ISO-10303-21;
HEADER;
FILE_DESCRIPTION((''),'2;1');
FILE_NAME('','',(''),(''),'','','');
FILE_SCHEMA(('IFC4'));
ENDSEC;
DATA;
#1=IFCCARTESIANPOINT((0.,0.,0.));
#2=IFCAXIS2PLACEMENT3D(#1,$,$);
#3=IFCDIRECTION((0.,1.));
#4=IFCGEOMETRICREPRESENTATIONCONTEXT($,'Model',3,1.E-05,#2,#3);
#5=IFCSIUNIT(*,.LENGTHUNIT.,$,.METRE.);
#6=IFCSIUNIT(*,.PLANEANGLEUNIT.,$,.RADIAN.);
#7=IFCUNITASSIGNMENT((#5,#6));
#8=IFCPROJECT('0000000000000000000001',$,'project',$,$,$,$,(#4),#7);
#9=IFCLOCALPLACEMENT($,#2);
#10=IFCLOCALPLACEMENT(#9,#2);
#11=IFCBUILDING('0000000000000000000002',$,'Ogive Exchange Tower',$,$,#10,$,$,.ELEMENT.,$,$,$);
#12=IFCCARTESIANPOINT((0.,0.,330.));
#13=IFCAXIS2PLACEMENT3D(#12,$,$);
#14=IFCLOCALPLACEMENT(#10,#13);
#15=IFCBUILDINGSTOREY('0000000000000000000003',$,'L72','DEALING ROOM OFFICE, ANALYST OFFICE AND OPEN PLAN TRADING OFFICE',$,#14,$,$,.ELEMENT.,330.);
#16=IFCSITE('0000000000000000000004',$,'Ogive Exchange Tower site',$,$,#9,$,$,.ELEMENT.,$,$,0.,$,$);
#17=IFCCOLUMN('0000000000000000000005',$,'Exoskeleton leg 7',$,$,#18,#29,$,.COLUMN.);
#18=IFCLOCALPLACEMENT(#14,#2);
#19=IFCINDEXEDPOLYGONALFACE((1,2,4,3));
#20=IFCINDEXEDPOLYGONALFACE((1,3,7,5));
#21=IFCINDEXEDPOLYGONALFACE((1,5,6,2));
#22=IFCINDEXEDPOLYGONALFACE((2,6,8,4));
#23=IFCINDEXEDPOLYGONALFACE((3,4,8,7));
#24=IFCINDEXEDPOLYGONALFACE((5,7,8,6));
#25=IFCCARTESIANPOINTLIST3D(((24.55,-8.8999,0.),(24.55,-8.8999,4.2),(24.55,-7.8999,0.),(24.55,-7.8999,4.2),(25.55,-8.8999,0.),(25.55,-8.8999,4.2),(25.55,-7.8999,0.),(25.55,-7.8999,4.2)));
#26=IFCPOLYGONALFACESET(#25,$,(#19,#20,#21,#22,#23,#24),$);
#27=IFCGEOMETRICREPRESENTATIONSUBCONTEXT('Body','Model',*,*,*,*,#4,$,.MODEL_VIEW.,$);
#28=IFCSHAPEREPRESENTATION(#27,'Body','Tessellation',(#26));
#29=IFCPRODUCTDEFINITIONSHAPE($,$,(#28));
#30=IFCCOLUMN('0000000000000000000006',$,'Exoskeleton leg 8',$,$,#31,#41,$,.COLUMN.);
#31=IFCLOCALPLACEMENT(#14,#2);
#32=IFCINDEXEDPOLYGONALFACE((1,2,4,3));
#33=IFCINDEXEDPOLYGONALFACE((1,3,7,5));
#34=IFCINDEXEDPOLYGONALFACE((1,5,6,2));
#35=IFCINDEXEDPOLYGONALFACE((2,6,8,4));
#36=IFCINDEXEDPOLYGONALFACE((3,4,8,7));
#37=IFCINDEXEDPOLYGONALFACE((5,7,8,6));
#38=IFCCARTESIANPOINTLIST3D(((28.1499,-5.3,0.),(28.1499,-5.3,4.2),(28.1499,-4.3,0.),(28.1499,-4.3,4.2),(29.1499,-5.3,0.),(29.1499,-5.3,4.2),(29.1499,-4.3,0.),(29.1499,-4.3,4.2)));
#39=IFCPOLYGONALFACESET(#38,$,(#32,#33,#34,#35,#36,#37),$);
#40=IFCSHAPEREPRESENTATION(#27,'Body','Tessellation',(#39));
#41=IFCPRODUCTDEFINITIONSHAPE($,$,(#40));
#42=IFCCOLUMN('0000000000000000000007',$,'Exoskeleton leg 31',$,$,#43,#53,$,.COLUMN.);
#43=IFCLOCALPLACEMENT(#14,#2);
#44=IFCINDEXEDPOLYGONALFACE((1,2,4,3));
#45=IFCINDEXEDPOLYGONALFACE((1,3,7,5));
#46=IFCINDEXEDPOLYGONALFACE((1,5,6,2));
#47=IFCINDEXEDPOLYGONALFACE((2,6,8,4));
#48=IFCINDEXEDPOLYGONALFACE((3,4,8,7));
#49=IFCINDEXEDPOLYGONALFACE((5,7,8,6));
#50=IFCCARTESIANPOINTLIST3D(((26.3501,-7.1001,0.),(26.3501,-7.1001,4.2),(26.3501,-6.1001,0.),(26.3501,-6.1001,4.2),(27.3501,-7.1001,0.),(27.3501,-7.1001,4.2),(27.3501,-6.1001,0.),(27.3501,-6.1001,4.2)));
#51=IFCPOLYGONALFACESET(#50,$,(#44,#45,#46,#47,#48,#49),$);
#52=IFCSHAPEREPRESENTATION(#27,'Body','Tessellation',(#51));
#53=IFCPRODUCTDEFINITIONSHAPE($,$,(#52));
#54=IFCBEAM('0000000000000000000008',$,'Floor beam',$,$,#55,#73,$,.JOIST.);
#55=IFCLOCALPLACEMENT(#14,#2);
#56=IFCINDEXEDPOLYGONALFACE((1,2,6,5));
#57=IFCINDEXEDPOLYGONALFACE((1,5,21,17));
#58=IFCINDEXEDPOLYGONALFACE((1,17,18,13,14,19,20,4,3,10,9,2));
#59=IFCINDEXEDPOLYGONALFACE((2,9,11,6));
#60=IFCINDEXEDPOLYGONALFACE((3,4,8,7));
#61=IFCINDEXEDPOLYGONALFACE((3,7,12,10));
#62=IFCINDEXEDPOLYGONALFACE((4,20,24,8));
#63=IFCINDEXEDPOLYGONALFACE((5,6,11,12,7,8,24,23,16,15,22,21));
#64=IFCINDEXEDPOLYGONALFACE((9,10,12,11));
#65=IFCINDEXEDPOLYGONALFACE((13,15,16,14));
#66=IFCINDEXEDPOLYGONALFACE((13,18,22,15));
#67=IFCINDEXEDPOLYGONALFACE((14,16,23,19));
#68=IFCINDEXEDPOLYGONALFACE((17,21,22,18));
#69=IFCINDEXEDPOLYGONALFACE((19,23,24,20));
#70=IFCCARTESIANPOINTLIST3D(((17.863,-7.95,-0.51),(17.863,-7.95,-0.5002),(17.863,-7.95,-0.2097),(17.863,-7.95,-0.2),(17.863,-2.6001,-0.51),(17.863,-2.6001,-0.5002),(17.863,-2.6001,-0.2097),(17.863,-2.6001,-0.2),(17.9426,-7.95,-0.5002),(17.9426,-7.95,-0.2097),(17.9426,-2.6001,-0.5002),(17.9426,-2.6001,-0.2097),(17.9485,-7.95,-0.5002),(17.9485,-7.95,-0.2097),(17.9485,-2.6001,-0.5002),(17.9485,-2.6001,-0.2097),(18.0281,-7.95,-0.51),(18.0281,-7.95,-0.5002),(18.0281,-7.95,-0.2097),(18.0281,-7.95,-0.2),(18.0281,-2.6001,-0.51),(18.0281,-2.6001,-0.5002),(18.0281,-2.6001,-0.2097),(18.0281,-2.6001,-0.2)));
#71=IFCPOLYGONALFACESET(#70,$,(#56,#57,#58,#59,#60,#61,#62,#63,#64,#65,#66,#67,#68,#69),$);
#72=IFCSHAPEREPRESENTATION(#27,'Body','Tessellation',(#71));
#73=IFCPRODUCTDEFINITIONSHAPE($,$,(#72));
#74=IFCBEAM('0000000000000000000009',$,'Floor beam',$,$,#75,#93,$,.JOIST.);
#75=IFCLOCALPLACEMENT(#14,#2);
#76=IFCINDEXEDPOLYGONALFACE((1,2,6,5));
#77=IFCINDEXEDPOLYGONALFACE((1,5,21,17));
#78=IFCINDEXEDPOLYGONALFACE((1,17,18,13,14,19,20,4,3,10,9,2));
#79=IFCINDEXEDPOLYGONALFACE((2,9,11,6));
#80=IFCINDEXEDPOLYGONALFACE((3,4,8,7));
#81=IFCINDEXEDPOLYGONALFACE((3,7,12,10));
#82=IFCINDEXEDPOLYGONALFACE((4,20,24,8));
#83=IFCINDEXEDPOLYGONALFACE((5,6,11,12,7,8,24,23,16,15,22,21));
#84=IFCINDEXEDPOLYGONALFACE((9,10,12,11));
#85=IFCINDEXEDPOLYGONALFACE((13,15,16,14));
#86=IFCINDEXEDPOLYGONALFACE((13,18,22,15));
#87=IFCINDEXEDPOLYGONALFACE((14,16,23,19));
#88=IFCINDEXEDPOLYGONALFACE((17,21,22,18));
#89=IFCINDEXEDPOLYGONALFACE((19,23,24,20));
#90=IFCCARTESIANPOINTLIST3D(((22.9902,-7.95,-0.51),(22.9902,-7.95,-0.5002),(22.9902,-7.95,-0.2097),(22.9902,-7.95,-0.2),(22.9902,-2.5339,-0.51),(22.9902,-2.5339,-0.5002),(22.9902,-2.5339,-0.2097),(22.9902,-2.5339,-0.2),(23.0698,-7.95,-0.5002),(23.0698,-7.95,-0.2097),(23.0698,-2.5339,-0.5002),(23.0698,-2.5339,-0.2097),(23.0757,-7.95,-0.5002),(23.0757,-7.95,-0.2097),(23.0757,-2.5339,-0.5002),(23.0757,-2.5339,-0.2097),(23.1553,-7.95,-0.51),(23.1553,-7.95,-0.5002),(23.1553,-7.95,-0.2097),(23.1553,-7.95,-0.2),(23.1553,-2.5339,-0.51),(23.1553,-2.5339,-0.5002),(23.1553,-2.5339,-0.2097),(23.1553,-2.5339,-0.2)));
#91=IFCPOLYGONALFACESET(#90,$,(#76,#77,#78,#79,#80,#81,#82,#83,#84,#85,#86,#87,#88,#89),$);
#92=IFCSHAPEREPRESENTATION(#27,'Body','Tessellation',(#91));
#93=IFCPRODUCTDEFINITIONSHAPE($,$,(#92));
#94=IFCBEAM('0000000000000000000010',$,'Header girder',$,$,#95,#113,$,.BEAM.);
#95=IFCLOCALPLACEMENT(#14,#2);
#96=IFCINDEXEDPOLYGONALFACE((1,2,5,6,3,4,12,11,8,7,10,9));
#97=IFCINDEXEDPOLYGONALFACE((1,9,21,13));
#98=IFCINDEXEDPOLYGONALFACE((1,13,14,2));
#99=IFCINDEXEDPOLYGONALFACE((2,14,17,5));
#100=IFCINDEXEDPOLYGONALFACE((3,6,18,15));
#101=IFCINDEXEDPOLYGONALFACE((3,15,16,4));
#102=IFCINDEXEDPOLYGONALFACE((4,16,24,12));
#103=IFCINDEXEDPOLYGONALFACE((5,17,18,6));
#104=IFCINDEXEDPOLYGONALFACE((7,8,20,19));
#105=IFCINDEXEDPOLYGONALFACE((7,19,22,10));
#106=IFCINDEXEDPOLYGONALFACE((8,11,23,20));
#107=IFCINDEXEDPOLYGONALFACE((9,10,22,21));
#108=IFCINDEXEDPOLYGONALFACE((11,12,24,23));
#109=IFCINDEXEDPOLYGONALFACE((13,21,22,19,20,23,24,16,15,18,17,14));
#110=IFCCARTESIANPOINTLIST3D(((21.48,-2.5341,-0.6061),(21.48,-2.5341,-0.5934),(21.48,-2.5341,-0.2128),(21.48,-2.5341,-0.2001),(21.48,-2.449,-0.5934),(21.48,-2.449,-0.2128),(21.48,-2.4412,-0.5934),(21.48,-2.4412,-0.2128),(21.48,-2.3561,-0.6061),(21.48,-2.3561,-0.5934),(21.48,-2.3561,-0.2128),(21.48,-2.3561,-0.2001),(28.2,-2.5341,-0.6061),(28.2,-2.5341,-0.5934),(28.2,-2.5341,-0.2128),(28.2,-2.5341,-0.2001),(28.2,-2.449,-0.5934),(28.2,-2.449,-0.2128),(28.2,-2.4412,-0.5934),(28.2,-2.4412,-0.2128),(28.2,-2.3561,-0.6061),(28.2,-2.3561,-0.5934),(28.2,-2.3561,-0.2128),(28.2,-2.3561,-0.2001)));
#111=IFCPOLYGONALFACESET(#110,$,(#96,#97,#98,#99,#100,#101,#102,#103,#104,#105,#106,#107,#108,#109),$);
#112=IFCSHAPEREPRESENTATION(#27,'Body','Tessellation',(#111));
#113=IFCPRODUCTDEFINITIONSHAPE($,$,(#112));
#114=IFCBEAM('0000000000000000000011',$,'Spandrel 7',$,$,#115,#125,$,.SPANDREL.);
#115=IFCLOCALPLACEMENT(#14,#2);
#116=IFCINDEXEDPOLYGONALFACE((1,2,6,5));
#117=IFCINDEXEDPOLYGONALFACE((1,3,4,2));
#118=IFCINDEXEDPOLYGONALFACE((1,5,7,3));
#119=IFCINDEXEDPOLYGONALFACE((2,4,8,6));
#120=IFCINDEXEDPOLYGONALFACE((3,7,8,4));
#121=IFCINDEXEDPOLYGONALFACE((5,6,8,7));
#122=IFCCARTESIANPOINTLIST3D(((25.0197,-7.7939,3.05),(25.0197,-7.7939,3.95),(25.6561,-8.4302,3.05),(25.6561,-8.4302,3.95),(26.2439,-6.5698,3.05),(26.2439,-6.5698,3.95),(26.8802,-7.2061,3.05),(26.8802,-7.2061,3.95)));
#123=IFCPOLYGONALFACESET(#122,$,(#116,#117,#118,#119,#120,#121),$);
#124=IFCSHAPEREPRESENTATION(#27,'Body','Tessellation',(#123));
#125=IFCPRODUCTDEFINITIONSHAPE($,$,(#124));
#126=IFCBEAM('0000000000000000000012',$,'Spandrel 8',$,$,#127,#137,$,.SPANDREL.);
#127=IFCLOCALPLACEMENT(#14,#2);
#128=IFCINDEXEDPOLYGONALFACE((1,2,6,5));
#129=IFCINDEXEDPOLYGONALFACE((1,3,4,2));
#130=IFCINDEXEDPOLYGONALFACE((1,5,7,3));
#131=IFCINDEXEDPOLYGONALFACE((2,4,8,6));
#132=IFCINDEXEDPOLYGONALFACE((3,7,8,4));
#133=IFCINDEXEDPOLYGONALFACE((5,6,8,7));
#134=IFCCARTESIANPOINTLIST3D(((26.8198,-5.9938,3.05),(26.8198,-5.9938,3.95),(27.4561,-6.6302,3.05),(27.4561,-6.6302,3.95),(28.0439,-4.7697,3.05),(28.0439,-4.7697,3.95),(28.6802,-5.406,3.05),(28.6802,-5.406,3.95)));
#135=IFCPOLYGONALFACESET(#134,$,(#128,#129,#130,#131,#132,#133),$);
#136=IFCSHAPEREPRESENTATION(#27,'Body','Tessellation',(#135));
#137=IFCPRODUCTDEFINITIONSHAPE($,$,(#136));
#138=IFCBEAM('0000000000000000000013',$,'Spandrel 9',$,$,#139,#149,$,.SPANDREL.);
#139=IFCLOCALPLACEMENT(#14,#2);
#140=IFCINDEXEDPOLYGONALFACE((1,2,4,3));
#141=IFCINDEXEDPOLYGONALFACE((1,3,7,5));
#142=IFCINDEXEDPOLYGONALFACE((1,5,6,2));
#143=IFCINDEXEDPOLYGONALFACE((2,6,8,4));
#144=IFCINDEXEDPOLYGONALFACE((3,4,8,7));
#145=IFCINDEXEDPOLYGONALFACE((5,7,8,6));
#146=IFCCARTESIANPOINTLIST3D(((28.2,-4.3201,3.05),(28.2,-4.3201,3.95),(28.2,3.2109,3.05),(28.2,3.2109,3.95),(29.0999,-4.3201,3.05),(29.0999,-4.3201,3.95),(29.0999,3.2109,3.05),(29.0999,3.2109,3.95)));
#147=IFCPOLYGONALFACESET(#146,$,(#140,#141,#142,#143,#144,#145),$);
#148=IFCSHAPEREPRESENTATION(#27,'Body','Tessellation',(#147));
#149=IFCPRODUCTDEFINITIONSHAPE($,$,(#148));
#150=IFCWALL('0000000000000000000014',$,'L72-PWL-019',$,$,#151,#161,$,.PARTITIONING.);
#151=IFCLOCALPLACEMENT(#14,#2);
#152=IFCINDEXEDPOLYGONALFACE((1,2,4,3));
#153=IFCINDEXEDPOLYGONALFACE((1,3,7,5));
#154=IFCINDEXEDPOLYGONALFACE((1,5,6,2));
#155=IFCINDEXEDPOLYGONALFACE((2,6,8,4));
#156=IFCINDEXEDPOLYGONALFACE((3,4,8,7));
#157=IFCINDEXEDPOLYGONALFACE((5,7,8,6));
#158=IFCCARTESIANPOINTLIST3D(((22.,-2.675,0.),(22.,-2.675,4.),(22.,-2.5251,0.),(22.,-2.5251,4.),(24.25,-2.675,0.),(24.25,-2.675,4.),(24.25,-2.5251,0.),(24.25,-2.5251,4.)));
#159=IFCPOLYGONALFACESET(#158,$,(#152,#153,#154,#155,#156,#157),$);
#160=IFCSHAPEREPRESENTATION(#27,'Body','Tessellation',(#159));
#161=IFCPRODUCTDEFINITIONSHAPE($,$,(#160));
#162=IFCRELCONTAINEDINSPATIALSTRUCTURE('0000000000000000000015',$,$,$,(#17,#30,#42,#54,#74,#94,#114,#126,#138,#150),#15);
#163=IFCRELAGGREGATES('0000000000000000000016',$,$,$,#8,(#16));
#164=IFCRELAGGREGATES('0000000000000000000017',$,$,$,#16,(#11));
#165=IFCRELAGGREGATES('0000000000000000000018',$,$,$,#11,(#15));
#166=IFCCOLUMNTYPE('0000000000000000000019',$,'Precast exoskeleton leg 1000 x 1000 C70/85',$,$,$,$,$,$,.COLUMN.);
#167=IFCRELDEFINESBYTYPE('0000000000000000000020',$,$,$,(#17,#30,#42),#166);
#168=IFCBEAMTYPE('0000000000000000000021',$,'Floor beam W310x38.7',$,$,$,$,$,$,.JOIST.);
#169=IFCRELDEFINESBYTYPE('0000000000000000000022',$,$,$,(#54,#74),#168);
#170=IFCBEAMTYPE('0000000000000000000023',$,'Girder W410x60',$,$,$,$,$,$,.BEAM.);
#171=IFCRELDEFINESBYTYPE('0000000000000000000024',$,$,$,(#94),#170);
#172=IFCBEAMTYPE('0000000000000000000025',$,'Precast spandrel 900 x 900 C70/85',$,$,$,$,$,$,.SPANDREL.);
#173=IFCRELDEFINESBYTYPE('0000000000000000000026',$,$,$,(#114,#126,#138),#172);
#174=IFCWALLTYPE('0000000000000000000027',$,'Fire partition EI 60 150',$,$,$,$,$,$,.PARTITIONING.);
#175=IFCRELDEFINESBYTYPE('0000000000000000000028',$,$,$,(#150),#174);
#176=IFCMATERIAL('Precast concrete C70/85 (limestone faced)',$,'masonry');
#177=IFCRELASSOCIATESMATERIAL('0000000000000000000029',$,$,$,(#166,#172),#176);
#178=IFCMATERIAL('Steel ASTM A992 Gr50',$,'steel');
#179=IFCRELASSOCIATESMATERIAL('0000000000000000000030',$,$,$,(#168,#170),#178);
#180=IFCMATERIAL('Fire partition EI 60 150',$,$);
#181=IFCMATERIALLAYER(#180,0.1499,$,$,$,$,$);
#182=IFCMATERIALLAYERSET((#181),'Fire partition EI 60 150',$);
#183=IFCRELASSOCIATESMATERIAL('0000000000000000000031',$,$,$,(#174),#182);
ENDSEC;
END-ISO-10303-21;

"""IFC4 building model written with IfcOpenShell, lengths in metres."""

from ifc_helpers import new_model, si_unit, direction, frame, frame_2d, origin, origin_2d, place, context, subcontext, project, spatial, rectangle, i_section, extrude, material, layer, layer_set, material_profile, profile_set, type_object, element, save


model = new_model("IFC4")

# Units and contexts
model_context = context("Model", 3, precision=1e-05, world=origin(), true_north=direction((0.0, 1.0)))
body_context = subcontext(model_context, "Body", "Model", "MODEL_VIEW")
ifc_project = project(units=[si_unit("LENGTHUNIT", "METRE"), si_unit("PLANEANGLEUNIT", "RADIAN")], contexts=[model_context])

# Site, building, storey
site_placement = place(None, origin())
site = spatial("IfcSite", under=ifc_project, at=site_placement, Name="Ogive Exchange Tower site", CompositionType="ELEMENT", RefElevation=0.0)
building_placement = place(site_placement, origin())
building = spatial("IfcBuilding", under=site, at=building_placement, Name="Ogive Exchange Tower", CompositionType="ELEMENT")
storey_placement = place(building_placement, frame((0.0, 0.0, 330.0)))
storey = spatial("IfcBuildingStorey", under=building, at=storey_placement, Name="L72", Description="DEALING ROOM OFFICE, ANALYST OFFICE AND OPEN PLAN TRADING OFFICE", CompositionType="ELEMENT", Elevation=330.0)

# Columns
ifc_material_1 = material(Name="Precast concrete C70/85 (limestone faced)", Category="masonry")
ifc_material_profile_1 = material_profile(ifc_material_1, rectangle(XDim=1.0, YDim=1.0, at=origin_2d()), Name="1000 x 1000")
ifc_profile_set_1 = profile_set([ifc_material_profile_1], Name="Precast concrete C70/85 (limestone faced)")
column_type = type_object("IfcColumnType", Name="Precast exoskeleton leg 1000 x 1000 C70/85", PredefinedType="COLUMN", material=ifc_profile_set_1)
for number, where, z_axis, x_axis, name in (
    (1, (25.05, -8.3999, 0.0), (0.0, 0.0, 1.0), (1.0, 0.0, 0.0), "Exoskeleton leg 7"),
    (2, (28.6499, -4.8, 0.0), (0.0, 0.0, 1.0), (1.0, 0.0, 0.0), "Exoskeleton leg 8"),
    (3, (26.8501, -6.6001, 0.0), (0.0, 0.0, 1.0), (1.0, 0.0, 0.0), "Exoskeleton leg 31"),
):
    element("IfcColumn", number, at=place(storey_placement, frame(where, z_axis=z_axis, x_axis=x_axis)), inside=storey, type_object=column_type, Name=name, PredefinedType="COLUMN", context=body_context, shape_type="SweptSolid", body=[
        extrude(rectangle(XDim=1.0, YDim=1.0, at=origin_2d()), origin(), (0.0, 0.0, 1.0), 4.2),
    ])

# Beams
ifc_material_2 = material(Name="Steel ASTM A992 Gr50", Category="steel")
ifc_material_profile_2 = material_profile(ifc_material_2, i_section(OverallWidth=0.165, OverallDepth=0.3101, WebThickness=0.0059, FlangeThickness=0.0098, at=origin_2d()), Name="W310x38.7")
ifc_profile_set_2 = profile_set([ifc_material_profile_2], Name="Steel ASTM A992 Gr50")
beam_type_1 = type_object("IfcBeamType", Name="Floor beam W310x38.7", PredefinedType="JOIST", material=ifc_profile_set_2)
beam_1_placement = place(storey_placement, frame((17.9456, -7.95, -0.355), z_axis=(0.0, 1.0, 0.0), x_axis=(-1.0, 0.0, 0.0)))
element("IfcBeam", 4, at=beam_1_placement, inside=storey, type_object=beam_type_1, Name="Floor beam", PredefinedType="JOIST", context=body_context, shape_type="SweptSolid", body=[
    extrude(i_section(OverallWidth=0.165, OverallDepth=0.3101, WebThickness=0.0059, FlangeThickness=0.0098, at=origin_2d()), origin(), (0.0, 0.0, 1.0), 5.3499),
])
beam_2_placement = place(storey_placement, frame((23.0728, -7.95, -0.355), z_axis=(0.0, 1.0, 0.0), x_axis=(-1.0, 0.0, 0.0)))
element("IfcBeam", 5, at=beam_2_placement, inside=storey, type_object=beam_type_1, Name="Floor beam", PredefinedType="JOIST", context=body_context, shape_type="SweptSolid", body=[
    extrude(i_section(OverallWidth=0.165, OverallDepth=0.3101, WebThickness=0.0059, FlangeThickness=0.0098, at=origin_2d()), origin(), (0.0, 0.0, 1.0), 5.416),
])
ifc_material_profile_3 = material_profile(ifc_material_2, i_section(OverallWidth=0.178, OverallDepth=0.406, WebThickness=0.0078, FlangeThickness=0.0127, at=origin_2d()), Name="W410x60")
ifc_profile_set_3 = profile_set([ifc_material_profile_3], Name="Steel ASTM A992 Gr50")
beam_type_2 = type_object("IfcBeamType", Name="Girder W410x60", PredefinedType="BEAM", material=ifc_profile_set_3)
beam_3_placement = place(storey_placement, frame((21.48, -2.4451, -0.4031), z_axis=(1.0, 0.0, 0.0), x_axis=(0.0, 1.0, 0.0)))
element("IfcBeam", 6, at=beam_3_placement, inside=storey, type_object=beam_type_2, Name="Header girder", PredefinedType="BEAM", context=body_context, shape_type="SweptSolid", body=[
    extrude(i_section(OverallWidth=0.178, OverallDepth=0.406, WebThickness=0.0078, FlangeThickness=0.0127, at=origin_2d()), origin(), (0.0, 0.0, 1.0), 6.72),
])
ifc_material_profile_4 = material_profile(ifc_material_1, rectangle(XDim=0.8999, YDim=0.8999, at=origin_2d()), Name="900 x 900")
ifc_profile_set_4 = profile_set([ifc_material_profile_4], Name="Precast concrete C70/85 (limestone faced)")
beam_type_3 = type_object("IfcBeamType", Name="Precast spandrel 900 x 900 C70/85", PredefinedType="SPANDREL", material=ifc_profile_set_4)
for number, where, z_axis, x_axis, name in (
    (7, (25.3379, -8.1121, 3.5), (0.707107, 0.707107, 0.0), (-0.707107, 0.707107, 0.0), "Spandrel 7"),
    (8, (27.1379, -6.312, 3.5), (0.707107, 0.707107, 0.0), (-0.707107, 0.707107, 0.0), "Spandrel 8"),
):
    element("IfcBeam", number, at=place(storey_placement, frame(where, z_axis=z_axis, x_axis=x_axis)), inside=storey, type_object=beam_type_3, Name=name, PredefinedType="SPANDREL", context=body_context, shape_type="SweptSolid", body=[
        extrude(rectangle(XDim=0.8999, YDim=0.8999, at=origin_2d()), origin(), (0.0, 0.0, 1.0), 1.7312),
    ])
beam_4_placement = place(storey_placement, frame((28.6499, -4.3201, 3.5), z_axis=(0.0, 1.0, 0.0), x_axis=(-1.0, 0.0, 0.0)))
element("IfcBeam", 9, at=beam_4_placement, inside=storey, type_object=beam_type_3, Name="Spandrel 9", PredefinedType="SPANDREL", context=body_context, shape_type="SweptSolid", body=[
    extrude(rectangle(XDim=0.8999, YDim=0.8999, at=origin_2d()), origin(), (0.0, 0.0, 1.0), 7.531),
])

# Wall
ifc_material_3 = material(Name="Fire partition EI 60 150")
ifc_layer_1 = layer(ifc_material_3, 0.1499)
ifc_layer_set_1 = layer_set([ifc_layer_1], Name="Fire partition EI 60 150")
wall_type_1 = type_object("IfcWallType", Name="Fire partition EI 60 150", PredefinedType="PARTITIONING", material=ifc_layer_set_1)
wall_1_placement = place(storey_placement, frame((22.0, -2.6001, 0.0), z_axis=(0.0, 0.0, 1.0), x_axis=(1.0, 0.0, 0.0)))
element("IfcWall", 10, at=wall_1_placement, inside=storey, type_object=wall_type_1, Name="L72-PWL-019", PredefinedType="PARTITIONING", context=body_context, shape_type="SweptSolid", body=[
    extrude(rectangle(XDim=2.25, YDim=0.1499, at=frame_2d((1.125, 0.0))), origin(), (0.0, 0.0, 1.0), 4.0),
])

save(model, "model.ifc")
